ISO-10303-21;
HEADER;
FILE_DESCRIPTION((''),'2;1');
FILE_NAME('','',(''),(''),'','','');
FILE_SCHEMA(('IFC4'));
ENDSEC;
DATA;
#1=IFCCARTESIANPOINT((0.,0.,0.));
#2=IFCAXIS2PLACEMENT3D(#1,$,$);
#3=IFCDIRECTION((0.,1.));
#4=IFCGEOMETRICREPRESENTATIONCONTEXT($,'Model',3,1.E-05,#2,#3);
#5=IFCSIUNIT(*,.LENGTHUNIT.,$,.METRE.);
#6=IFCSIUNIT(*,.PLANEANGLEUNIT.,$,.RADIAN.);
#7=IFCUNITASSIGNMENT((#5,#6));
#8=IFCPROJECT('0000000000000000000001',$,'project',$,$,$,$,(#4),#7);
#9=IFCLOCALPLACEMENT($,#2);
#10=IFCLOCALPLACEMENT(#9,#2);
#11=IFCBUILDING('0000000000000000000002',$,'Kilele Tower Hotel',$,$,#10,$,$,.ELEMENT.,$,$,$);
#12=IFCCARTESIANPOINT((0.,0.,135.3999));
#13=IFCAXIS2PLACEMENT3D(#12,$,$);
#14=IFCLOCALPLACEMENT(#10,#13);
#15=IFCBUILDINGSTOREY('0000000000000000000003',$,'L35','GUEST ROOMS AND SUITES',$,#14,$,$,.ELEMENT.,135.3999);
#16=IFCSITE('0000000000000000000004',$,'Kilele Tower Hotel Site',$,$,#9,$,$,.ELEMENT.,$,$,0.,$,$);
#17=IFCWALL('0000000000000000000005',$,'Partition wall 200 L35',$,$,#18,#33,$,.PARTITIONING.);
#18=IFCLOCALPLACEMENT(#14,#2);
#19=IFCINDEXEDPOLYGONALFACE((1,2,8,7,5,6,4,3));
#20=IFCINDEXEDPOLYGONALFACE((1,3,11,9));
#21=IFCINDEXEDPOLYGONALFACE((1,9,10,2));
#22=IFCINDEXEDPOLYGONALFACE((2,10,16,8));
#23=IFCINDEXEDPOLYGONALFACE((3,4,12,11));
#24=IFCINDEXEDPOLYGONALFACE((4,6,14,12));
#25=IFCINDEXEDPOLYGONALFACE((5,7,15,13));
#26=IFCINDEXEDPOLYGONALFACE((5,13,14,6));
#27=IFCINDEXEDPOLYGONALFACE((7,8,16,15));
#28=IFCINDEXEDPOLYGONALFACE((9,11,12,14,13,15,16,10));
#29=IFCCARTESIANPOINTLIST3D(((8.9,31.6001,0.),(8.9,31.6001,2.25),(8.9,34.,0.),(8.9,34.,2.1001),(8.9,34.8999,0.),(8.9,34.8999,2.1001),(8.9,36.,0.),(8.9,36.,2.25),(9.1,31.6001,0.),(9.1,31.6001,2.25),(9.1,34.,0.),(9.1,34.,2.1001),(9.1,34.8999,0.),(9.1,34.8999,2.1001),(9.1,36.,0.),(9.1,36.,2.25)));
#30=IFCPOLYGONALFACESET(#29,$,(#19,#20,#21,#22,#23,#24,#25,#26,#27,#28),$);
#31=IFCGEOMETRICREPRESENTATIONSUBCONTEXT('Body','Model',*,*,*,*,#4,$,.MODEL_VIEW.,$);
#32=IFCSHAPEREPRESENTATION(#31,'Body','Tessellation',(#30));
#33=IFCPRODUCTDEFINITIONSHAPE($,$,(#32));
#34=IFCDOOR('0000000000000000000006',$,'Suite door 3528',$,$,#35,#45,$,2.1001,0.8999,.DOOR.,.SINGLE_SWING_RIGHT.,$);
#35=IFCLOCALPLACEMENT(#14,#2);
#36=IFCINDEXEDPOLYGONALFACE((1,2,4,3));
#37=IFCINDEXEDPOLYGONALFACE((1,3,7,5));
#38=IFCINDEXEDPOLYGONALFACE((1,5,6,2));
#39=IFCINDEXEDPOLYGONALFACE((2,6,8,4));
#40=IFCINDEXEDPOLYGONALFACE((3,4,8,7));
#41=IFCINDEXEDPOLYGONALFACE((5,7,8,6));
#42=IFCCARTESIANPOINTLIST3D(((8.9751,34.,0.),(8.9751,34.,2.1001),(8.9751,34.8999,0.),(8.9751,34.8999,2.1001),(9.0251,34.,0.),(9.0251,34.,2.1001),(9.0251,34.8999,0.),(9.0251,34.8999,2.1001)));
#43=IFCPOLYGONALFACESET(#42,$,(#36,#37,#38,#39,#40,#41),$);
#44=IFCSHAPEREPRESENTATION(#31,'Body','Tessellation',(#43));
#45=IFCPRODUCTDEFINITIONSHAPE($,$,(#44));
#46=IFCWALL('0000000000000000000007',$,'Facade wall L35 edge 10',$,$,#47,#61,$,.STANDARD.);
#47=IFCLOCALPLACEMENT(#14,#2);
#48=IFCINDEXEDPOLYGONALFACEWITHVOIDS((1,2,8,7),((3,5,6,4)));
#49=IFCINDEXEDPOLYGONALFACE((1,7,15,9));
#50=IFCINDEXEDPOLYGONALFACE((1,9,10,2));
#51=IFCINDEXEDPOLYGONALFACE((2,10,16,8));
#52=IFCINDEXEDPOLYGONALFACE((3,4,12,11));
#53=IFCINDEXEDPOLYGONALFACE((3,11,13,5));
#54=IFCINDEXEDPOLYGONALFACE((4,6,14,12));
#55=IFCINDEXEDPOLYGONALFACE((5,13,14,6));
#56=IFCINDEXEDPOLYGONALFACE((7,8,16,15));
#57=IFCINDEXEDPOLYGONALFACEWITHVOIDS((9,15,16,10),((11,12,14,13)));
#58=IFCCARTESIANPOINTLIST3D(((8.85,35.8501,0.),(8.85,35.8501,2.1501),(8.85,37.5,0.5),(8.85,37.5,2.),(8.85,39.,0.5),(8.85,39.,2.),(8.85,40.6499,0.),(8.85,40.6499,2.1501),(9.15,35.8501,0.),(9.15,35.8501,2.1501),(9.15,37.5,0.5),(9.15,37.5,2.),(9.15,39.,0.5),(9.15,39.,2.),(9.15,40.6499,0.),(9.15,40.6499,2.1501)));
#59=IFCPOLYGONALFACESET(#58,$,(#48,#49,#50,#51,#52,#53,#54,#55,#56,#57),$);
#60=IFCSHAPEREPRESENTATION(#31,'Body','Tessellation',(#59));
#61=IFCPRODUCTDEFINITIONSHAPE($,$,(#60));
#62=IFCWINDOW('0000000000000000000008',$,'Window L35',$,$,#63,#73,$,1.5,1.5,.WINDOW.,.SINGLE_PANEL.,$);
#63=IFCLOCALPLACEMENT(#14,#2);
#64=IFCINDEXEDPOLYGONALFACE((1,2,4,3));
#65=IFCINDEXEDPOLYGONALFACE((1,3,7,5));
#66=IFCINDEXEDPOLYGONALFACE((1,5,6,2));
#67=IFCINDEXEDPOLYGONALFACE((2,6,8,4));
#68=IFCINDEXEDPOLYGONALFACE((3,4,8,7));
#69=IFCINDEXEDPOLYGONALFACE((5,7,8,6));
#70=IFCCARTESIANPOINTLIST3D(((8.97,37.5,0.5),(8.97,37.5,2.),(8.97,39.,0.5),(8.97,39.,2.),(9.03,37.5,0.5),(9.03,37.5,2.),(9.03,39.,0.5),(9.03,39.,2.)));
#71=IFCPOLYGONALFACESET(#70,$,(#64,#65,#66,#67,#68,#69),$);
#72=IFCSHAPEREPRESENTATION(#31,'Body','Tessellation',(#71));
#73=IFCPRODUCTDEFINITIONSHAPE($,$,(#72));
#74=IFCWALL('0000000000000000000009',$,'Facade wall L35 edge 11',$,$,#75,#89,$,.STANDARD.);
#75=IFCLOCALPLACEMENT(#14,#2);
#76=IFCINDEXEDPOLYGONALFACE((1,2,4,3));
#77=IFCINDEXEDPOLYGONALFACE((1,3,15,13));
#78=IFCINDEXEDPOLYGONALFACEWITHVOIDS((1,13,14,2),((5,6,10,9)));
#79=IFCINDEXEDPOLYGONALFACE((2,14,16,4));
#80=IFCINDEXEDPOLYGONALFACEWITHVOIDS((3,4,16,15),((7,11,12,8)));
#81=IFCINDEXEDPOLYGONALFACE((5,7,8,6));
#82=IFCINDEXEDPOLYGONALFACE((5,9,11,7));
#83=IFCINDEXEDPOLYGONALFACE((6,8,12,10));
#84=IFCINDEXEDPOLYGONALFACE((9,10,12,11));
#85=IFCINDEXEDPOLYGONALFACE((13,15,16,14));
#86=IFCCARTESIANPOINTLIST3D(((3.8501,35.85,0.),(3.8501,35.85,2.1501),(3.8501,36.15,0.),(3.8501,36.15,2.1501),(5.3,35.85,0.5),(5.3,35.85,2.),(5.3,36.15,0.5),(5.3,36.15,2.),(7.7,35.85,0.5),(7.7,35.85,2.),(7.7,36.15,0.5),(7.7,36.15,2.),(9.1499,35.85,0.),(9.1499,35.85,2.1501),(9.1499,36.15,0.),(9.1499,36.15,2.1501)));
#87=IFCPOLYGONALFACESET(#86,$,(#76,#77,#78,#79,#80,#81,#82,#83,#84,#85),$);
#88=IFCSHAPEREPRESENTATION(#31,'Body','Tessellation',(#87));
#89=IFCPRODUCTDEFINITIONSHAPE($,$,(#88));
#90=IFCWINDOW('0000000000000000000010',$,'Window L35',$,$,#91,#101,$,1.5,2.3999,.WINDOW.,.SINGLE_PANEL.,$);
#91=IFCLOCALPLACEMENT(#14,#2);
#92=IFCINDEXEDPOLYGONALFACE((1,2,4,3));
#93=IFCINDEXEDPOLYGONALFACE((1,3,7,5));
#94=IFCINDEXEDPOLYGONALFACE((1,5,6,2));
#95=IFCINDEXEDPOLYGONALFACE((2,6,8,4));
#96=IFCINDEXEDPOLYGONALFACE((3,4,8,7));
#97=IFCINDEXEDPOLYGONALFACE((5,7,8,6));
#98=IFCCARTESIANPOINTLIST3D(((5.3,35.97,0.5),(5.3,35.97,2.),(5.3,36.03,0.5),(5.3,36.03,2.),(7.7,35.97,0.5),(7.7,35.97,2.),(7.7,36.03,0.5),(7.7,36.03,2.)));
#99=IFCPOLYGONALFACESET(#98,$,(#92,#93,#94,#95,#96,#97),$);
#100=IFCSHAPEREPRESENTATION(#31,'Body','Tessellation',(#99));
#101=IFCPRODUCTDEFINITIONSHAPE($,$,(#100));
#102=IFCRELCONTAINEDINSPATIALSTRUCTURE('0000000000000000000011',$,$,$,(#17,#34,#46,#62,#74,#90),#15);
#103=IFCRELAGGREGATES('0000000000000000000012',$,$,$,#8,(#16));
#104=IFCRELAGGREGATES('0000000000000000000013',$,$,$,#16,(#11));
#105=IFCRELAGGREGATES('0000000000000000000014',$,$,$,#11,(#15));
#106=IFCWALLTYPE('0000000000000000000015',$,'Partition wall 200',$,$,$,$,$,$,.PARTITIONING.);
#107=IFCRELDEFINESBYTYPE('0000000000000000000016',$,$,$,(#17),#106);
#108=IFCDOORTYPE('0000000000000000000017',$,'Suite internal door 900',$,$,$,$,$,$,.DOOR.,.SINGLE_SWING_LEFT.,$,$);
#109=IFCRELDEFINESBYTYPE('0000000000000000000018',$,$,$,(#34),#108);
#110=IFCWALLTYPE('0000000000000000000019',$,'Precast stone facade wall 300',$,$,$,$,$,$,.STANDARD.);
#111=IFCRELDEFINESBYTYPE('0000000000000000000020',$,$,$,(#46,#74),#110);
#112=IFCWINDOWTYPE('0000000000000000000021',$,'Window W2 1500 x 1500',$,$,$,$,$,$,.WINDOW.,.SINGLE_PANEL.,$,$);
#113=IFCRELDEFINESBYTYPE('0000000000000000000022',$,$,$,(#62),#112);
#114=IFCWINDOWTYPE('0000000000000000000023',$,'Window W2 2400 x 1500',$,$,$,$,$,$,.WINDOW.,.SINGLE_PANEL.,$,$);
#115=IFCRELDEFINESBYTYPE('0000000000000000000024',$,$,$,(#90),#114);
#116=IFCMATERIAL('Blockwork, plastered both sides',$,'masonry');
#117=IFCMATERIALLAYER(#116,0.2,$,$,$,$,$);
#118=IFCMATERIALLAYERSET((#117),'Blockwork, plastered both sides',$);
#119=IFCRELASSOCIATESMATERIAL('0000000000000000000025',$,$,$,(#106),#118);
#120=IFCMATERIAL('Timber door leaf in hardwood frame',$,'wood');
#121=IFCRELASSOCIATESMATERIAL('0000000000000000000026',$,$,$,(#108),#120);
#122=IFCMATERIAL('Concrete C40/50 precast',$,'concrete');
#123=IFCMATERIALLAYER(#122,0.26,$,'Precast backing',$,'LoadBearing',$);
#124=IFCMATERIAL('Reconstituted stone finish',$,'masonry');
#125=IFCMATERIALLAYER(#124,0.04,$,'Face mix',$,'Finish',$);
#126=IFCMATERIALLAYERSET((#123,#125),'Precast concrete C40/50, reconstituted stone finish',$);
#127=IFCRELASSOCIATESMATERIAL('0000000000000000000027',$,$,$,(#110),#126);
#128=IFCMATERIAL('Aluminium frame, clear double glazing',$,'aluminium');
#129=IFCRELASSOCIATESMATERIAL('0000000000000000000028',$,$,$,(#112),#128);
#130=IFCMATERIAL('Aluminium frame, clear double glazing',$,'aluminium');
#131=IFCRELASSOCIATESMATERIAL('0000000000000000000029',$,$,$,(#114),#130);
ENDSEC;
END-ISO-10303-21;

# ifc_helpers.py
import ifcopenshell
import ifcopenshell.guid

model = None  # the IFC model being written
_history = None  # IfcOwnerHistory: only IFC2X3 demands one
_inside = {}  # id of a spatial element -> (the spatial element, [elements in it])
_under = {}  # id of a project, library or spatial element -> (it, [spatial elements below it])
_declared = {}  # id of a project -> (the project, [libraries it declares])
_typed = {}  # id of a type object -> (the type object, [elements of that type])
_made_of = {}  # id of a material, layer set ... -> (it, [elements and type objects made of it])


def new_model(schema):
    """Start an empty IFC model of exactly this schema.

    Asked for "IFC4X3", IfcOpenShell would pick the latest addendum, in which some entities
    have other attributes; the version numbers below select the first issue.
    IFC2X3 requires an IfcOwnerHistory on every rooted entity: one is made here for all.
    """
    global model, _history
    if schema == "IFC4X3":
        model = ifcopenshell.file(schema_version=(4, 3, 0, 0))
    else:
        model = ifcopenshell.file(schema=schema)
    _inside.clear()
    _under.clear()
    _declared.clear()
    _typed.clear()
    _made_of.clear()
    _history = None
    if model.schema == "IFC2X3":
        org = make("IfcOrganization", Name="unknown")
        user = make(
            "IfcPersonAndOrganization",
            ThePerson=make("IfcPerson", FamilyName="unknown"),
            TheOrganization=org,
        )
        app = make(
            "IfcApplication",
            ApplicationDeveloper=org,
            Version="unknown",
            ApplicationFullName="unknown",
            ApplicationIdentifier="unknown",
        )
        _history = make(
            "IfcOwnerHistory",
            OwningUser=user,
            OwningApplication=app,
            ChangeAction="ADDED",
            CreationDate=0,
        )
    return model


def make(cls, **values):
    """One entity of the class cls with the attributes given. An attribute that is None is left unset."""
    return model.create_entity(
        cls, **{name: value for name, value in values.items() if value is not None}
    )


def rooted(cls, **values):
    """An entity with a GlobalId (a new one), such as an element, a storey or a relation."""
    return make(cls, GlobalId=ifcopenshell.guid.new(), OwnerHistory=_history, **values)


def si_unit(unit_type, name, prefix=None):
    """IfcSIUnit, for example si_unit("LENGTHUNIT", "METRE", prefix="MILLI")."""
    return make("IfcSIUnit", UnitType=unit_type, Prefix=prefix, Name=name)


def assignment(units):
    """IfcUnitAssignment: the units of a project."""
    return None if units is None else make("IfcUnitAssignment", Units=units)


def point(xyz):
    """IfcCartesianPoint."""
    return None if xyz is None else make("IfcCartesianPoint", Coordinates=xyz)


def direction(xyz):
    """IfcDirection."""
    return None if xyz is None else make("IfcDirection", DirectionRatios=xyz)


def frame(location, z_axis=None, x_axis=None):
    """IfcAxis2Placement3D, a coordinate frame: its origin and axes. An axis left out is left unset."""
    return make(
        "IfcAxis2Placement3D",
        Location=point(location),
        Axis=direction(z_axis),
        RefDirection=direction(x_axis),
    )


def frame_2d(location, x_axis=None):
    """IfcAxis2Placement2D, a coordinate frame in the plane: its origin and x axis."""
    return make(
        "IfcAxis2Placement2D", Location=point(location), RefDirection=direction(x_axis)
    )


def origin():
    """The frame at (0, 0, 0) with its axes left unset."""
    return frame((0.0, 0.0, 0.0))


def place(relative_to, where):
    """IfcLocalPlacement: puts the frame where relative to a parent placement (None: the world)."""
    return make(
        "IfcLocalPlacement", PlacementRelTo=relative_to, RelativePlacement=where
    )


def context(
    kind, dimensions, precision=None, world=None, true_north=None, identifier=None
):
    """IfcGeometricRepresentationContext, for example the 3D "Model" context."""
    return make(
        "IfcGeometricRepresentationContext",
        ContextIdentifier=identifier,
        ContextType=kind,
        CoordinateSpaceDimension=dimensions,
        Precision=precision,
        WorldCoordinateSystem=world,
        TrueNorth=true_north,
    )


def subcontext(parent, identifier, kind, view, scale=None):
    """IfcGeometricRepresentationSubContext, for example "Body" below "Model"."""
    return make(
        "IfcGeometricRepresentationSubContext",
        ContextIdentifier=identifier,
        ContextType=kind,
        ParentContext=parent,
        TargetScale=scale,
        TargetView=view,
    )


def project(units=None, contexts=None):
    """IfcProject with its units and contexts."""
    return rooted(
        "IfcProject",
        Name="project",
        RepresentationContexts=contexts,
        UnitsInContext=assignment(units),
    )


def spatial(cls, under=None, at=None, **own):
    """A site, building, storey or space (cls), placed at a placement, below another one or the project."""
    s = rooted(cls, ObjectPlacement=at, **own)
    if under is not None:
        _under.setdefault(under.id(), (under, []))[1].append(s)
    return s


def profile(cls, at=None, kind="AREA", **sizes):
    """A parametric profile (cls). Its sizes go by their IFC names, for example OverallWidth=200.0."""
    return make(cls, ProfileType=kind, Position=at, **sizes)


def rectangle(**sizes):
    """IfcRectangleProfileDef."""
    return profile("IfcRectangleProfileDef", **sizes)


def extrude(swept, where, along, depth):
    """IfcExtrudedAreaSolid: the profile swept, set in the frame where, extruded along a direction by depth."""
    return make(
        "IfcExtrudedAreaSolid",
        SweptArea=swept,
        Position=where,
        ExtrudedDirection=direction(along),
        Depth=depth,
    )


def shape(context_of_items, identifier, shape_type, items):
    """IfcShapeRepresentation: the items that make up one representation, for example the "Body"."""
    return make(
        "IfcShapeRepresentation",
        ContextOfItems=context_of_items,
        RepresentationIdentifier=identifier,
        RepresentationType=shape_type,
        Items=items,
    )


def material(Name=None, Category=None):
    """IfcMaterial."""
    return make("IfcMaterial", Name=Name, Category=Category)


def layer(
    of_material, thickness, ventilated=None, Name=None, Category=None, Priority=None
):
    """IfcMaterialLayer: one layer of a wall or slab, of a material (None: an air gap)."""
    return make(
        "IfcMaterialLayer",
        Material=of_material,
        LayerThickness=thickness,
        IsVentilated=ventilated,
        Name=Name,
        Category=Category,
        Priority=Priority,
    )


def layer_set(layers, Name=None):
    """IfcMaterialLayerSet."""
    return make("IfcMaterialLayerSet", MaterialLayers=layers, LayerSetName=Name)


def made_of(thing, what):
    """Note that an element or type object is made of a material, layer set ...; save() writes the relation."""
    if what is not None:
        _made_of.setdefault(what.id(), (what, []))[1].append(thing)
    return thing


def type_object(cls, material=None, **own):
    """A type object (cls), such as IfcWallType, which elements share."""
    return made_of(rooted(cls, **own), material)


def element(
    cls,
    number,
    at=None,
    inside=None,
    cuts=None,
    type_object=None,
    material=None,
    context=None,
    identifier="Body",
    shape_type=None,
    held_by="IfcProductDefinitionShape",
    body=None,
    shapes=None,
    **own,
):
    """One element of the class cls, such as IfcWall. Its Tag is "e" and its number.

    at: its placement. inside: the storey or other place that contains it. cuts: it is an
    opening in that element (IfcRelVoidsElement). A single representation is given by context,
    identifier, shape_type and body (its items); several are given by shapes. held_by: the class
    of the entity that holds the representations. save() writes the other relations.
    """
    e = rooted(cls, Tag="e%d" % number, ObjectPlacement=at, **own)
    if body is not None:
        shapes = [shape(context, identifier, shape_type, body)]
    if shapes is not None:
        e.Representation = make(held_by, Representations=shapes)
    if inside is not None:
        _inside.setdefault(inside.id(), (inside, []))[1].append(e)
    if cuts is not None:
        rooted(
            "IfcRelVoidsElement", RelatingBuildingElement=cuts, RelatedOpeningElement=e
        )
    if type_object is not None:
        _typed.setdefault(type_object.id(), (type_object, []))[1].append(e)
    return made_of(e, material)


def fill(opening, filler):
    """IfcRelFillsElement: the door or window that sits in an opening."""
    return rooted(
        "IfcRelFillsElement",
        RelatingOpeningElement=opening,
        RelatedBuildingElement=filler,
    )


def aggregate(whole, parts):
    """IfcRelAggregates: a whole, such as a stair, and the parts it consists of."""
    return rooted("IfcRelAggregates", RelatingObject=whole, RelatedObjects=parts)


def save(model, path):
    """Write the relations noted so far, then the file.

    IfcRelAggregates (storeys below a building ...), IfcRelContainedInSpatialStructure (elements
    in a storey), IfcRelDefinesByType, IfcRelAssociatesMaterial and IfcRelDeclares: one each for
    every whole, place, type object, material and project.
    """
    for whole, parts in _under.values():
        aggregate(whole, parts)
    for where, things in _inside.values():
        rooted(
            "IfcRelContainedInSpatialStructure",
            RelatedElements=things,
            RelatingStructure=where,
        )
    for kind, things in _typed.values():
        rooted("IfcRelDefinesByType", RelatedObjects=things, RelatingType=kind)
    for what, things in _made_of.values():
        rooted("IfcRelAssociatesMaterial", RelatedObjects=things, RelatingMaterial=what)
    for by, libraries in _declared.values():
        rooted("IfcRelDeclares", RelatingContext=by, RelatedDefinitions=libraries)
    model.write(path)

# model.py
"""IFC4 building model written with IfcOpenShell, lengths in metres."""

from ifc_helpers import new_model, si_unit, direction, frame, frame_2d, origin, place, context, subcontext, project, spatial, rectangle, extrude, material, layer, layer_set, type_object, element, fill, save


model = new_model("IFC4")

# Units and contexts
model_context = context("Model", 3, precision=1e-05, world=origin(), true_north=direction((0.0, 1.0)))
body_context = subcontext(model_context, "Body", "Model", "MODEL_VIEW")
ifc_project = project(units=[si_unit("LENGTHUNIT", "METRE"), si_unit("PLANEANGLEUNIT", "RADIAN")], contexts=[model_context])

# Site, building, storey
site_placement = place(None, origin())
site = spatial("IfcSite", under=ifc_project, at=site_placement, Name="Kilele Tower Hotel Site", CompositionType="ELEMENT", RefElevation=0.0)
building_placement = place(site_placement, origin())
building = spatial("IfcBuilding", under=site, at=building_placement, Name="Kilele Tower Hotel", CompositionType="ELEMENT")
storey_placement = place(building_placement, frame((0.0, 0.0, 135.3999)))
storey = spatial("IfcBuildingStorey", under=building, at=storey_placement, Name="L35", Description="GUEST ROOMS AND SUITES", CompositionType="ELEMENT", Elevation=135.3999)

# Wall, opening, door
ifc_material_1 = material(Name="Blockwork, plastered both sides", Category="masonry")
ifc_layer_1 = layer(ifc_material_1, 0.2)
ifc_layer_set_1 = layer_set([ifc_layer_1], Name="Blockwork, plastered both sides")
wall_type_1 = type_object("IfcWallType", Name="Partition wall 200", PredefinedType="PARTITIONING", material=ifc_layer_set_1)
wall_1_placement = place(storey_placement, frame((9.0, 31.6001, 0.0), z_axis=(0.0, 0.0, 1.0), x_axis=(0.0, 1.0, 0.0)))
wall_1 = element("IfcWall", 1, at=wall_1_placement, inside=storey, type_object=wall_type_1, Name="Partition wall 200 L35", PredefinedType="PARTITIONING", context=body_context, shape_type="SweptSolid", body=[
    extrude(rectangle(XDim=4.3999, YDim=0.2, at=frame_2d((2.2, 0.0))), origin(), (0.0, 0.0, 1.0), 2.25),
])
opening_1_placement = place(wall_1_placement, frame((2.3999, 0.0, 0.0)))
opening_1 = element("IfcOpeningElement", 2, at=opening_1_placement, cuts=wall_1, PredefinedType="OPENING", context=body_context, shape_type="SweptSolid", body=[
    extrude(rectangle(XDim=0.8999, YDim=2.1001, at=frame_2d((0.45, 1.05))), frame((0.0, 0.1099, 0.0), z_axis=(0.0, -1.0, 0.0), x_axis=(1.0, 0.0, 0.0)), (0.0, 0.0, 1.0), 0.22),
])
ifc_material_2 = material(Name="Timber door leaf in hardwood frame", Category="wood")
door_type_1 = type_object("IfcDoorType", Name="Suite internal door 900", OperationType="SINGLE_SWING_LEFT", PredefinedType="DOOR", material=ifc_material_2)
door_1_placement = place(opening_1_placement, origin())
door_1 = element("IfcDoor", 3, at=door_1_placement, inside=storey, type_object=door_type_1, Name="Suite door 3528", OperationType="SINGLE_SWING_RIGHT", OverallHeight=2.1001, OverallWidth=0.8999, PredefinedType="DOOR", context=body_context, shape_type="SweptSolid", body=[
    extrude(rectangle(XDim=0.8999, YDim=2.1001, at=frame_2d((0.45, 1.05))), frame((0.0, 0.0249, 0.0), z_axis=(0.0, -1.0, 0.0), x_axis=(1.0, 0.0, 0.0)), (0.0, 0.0, 1.0), 0.05),
])
fill(opening_1, door_1)

# Walls, openings, windows
ifc_material_3 = material(Name="Concrete C40/50 precast", Category="concrete")
ifc_layer_2 = layer(ifc_material_3, 0.26, Name="Precast backing", Category="LoadBearing")
ifc_material_4 = material(Name="Reconstituted stone finish", Category="masonry")
ifc_layer_3 = layer(ifc_material_4, 0.04, Name="Face mix", Category="Finish")
ifc_layer_set_2 = layer_set([ifc_layer_2, ifc_layer_3], Name="Precast concrete C40/50, reconstituted stone finish")
wall_type_2 = type_object("IfcWallType", Name="Precast stone facade wall 300", PredefinedType="STANDARD", material=ifc_layer_set_2)
wall_2_placement = place(storey_placement, frame((9.0, 40.6499, 0.0), z_axis=(0.0, 0.0, 1.0), x_axis=(0.0, -1.0, 0.0)))
wall_2 = element("IfcWall", 4, at=wall_2_placement, inside=storey, type_object=wall_type_2, Name="Facade wall L35 edge 10", PredefinedType="STANDARD", context=body_context, shape_type="SweptSolid", body=[
    extrude(rectangle(XDim=4.7998, YDim=0.3, at=frame_2d((2.3999, 0.0))), origin(), (0.0, 0.0, 1.0), 2.1501),
])
opening_2_placement = place(wall_2_placement, frame((1.6499, 0.0, 0.5)))
opening_2 = element("IfcOpeningElement", 5, at=opening_2_placement, cuts=wall_2, PredefinedType="OPENING", context=body_context, shape_type="SweptSolid", body=[
    extrude(rectangle(XDim=1.5, YDim=1.5, at=frame_2d((0.75, 0.75))), frame((0.0, 0.1599, 0.0), z_axis=(0.0, -1.0, 0.0), x_axis=(1.0, 0.0, 0.0)), (0.0, 0.0, 1.0), 0.3201),
])
ifc_material_5 = material(Name="Aluminium frame, clear double glazing", Category="aluminium")
window_type_1 = type_object("IfcWindowType", Name="Window W2 1500 x 1500", PartitioningType="SINGLE_PANEL", PredefinedType="WINDOW", material=ifc_material_5)
window_1_placement = place(opening_2_placement, origin())
window_1 = element("IfcWindow", 6, at=window_1_placement, inside=storey, type_object=window_type_1, Name="Window L35", OverallHeight=1.5, OverallWidth=1.5, PartitioningType="SINGLE_PANEL", PredefinedType="WINDOW", context=body_context, shape_type="SweptSolid", body=[
    extrude(rectangle(XDim=1.5, YDim=1.5, at=frame_2d((0.75, 0.75))), frame((0.0, 0.03, 0.0), z_axis=(0.0, -1.0, 0.0), x_axis=(1.0, 0.0, 0.0)), (0.0, 0.0, 1.0), 0.0601),
])
fill(opening_2, window_1)
wall_3_placement = place(storey_placement, frame((9.1499, 36.0, 0.0), z_axis=(0.0, 0.0, 1.0), x_axis=(-1.0, 0.0, 0.0)))
wall_3 = element("IfcWall", 7, at=wall_3_placement, inside=storey, type_object=wall_type_2, Name="Facade wall L35 edge 11", PredefinedType="STANDARD", context=body_context, shape_type="SweptSolid", body=[
    extrude(rectangle(XDim=5.2998, YDim=0.3, at=frame_2d((2.6499, 0.0))), origin(), (0.0, 0.0, 1.0), 2.1501),
])
opening_3_placement = place(wall_3_placement, frame((1.45, 0.0, 0.5)))
opening_3 = element("IfcOpeningElement", 8, at=opening_3_placement, cuts=wall_3, PredefinedType="OPENING", context=body_context, shape_type="SweptSolid", body=[
    extrude(rectangle(XDim=2.3999, YDim=1.5, at=frame_2d((1.2, 0.75))), frame((0.0, 0.1599, 0.0), z_axis=(0.0, -1.0, 0.0), x_axis=(1.0, 0.0, 0.0)), (0.0, 0.0, 1.0), 0.3201),
])
ifc_material_6 = material(Name="Aluminium frame, clear double glazing", Category="aluminium")
window_type_2 = type_object("IfcWindowType", Name="Window W2 2400 x 1500", PartitioningType="SINGLE_PANEL", PredefinedType="WINDOW", material=ifc_material_6)
window_2_placement = place(opening_3_placement, origin())
window_2 = element("IfcWindow", 9, at=window_2_placement, inside=storey, type_object=window_type_2, Name="Window L35", OverallHeight=1.5, OverallWidth=2.3999, PartitioningType="SINGLE_PANEL", PredefinedType="WINDOW", context=body_context, shape_type="SweptSolid", body=[
    extrude(rectangle(XDim=2.3999, YDim=1.5, at=frame_2d((1.2, 0.75))), frame((0.0, 0.03, 0.0), z_axis=(0.0, -1.0, 0.0), x_axis=(1.0, 0.0, 0.0)), (0.0, 0.0, 1.0), 0.0601),
])
fill(opening_3, window_2)

save(model, "model.ifc")
